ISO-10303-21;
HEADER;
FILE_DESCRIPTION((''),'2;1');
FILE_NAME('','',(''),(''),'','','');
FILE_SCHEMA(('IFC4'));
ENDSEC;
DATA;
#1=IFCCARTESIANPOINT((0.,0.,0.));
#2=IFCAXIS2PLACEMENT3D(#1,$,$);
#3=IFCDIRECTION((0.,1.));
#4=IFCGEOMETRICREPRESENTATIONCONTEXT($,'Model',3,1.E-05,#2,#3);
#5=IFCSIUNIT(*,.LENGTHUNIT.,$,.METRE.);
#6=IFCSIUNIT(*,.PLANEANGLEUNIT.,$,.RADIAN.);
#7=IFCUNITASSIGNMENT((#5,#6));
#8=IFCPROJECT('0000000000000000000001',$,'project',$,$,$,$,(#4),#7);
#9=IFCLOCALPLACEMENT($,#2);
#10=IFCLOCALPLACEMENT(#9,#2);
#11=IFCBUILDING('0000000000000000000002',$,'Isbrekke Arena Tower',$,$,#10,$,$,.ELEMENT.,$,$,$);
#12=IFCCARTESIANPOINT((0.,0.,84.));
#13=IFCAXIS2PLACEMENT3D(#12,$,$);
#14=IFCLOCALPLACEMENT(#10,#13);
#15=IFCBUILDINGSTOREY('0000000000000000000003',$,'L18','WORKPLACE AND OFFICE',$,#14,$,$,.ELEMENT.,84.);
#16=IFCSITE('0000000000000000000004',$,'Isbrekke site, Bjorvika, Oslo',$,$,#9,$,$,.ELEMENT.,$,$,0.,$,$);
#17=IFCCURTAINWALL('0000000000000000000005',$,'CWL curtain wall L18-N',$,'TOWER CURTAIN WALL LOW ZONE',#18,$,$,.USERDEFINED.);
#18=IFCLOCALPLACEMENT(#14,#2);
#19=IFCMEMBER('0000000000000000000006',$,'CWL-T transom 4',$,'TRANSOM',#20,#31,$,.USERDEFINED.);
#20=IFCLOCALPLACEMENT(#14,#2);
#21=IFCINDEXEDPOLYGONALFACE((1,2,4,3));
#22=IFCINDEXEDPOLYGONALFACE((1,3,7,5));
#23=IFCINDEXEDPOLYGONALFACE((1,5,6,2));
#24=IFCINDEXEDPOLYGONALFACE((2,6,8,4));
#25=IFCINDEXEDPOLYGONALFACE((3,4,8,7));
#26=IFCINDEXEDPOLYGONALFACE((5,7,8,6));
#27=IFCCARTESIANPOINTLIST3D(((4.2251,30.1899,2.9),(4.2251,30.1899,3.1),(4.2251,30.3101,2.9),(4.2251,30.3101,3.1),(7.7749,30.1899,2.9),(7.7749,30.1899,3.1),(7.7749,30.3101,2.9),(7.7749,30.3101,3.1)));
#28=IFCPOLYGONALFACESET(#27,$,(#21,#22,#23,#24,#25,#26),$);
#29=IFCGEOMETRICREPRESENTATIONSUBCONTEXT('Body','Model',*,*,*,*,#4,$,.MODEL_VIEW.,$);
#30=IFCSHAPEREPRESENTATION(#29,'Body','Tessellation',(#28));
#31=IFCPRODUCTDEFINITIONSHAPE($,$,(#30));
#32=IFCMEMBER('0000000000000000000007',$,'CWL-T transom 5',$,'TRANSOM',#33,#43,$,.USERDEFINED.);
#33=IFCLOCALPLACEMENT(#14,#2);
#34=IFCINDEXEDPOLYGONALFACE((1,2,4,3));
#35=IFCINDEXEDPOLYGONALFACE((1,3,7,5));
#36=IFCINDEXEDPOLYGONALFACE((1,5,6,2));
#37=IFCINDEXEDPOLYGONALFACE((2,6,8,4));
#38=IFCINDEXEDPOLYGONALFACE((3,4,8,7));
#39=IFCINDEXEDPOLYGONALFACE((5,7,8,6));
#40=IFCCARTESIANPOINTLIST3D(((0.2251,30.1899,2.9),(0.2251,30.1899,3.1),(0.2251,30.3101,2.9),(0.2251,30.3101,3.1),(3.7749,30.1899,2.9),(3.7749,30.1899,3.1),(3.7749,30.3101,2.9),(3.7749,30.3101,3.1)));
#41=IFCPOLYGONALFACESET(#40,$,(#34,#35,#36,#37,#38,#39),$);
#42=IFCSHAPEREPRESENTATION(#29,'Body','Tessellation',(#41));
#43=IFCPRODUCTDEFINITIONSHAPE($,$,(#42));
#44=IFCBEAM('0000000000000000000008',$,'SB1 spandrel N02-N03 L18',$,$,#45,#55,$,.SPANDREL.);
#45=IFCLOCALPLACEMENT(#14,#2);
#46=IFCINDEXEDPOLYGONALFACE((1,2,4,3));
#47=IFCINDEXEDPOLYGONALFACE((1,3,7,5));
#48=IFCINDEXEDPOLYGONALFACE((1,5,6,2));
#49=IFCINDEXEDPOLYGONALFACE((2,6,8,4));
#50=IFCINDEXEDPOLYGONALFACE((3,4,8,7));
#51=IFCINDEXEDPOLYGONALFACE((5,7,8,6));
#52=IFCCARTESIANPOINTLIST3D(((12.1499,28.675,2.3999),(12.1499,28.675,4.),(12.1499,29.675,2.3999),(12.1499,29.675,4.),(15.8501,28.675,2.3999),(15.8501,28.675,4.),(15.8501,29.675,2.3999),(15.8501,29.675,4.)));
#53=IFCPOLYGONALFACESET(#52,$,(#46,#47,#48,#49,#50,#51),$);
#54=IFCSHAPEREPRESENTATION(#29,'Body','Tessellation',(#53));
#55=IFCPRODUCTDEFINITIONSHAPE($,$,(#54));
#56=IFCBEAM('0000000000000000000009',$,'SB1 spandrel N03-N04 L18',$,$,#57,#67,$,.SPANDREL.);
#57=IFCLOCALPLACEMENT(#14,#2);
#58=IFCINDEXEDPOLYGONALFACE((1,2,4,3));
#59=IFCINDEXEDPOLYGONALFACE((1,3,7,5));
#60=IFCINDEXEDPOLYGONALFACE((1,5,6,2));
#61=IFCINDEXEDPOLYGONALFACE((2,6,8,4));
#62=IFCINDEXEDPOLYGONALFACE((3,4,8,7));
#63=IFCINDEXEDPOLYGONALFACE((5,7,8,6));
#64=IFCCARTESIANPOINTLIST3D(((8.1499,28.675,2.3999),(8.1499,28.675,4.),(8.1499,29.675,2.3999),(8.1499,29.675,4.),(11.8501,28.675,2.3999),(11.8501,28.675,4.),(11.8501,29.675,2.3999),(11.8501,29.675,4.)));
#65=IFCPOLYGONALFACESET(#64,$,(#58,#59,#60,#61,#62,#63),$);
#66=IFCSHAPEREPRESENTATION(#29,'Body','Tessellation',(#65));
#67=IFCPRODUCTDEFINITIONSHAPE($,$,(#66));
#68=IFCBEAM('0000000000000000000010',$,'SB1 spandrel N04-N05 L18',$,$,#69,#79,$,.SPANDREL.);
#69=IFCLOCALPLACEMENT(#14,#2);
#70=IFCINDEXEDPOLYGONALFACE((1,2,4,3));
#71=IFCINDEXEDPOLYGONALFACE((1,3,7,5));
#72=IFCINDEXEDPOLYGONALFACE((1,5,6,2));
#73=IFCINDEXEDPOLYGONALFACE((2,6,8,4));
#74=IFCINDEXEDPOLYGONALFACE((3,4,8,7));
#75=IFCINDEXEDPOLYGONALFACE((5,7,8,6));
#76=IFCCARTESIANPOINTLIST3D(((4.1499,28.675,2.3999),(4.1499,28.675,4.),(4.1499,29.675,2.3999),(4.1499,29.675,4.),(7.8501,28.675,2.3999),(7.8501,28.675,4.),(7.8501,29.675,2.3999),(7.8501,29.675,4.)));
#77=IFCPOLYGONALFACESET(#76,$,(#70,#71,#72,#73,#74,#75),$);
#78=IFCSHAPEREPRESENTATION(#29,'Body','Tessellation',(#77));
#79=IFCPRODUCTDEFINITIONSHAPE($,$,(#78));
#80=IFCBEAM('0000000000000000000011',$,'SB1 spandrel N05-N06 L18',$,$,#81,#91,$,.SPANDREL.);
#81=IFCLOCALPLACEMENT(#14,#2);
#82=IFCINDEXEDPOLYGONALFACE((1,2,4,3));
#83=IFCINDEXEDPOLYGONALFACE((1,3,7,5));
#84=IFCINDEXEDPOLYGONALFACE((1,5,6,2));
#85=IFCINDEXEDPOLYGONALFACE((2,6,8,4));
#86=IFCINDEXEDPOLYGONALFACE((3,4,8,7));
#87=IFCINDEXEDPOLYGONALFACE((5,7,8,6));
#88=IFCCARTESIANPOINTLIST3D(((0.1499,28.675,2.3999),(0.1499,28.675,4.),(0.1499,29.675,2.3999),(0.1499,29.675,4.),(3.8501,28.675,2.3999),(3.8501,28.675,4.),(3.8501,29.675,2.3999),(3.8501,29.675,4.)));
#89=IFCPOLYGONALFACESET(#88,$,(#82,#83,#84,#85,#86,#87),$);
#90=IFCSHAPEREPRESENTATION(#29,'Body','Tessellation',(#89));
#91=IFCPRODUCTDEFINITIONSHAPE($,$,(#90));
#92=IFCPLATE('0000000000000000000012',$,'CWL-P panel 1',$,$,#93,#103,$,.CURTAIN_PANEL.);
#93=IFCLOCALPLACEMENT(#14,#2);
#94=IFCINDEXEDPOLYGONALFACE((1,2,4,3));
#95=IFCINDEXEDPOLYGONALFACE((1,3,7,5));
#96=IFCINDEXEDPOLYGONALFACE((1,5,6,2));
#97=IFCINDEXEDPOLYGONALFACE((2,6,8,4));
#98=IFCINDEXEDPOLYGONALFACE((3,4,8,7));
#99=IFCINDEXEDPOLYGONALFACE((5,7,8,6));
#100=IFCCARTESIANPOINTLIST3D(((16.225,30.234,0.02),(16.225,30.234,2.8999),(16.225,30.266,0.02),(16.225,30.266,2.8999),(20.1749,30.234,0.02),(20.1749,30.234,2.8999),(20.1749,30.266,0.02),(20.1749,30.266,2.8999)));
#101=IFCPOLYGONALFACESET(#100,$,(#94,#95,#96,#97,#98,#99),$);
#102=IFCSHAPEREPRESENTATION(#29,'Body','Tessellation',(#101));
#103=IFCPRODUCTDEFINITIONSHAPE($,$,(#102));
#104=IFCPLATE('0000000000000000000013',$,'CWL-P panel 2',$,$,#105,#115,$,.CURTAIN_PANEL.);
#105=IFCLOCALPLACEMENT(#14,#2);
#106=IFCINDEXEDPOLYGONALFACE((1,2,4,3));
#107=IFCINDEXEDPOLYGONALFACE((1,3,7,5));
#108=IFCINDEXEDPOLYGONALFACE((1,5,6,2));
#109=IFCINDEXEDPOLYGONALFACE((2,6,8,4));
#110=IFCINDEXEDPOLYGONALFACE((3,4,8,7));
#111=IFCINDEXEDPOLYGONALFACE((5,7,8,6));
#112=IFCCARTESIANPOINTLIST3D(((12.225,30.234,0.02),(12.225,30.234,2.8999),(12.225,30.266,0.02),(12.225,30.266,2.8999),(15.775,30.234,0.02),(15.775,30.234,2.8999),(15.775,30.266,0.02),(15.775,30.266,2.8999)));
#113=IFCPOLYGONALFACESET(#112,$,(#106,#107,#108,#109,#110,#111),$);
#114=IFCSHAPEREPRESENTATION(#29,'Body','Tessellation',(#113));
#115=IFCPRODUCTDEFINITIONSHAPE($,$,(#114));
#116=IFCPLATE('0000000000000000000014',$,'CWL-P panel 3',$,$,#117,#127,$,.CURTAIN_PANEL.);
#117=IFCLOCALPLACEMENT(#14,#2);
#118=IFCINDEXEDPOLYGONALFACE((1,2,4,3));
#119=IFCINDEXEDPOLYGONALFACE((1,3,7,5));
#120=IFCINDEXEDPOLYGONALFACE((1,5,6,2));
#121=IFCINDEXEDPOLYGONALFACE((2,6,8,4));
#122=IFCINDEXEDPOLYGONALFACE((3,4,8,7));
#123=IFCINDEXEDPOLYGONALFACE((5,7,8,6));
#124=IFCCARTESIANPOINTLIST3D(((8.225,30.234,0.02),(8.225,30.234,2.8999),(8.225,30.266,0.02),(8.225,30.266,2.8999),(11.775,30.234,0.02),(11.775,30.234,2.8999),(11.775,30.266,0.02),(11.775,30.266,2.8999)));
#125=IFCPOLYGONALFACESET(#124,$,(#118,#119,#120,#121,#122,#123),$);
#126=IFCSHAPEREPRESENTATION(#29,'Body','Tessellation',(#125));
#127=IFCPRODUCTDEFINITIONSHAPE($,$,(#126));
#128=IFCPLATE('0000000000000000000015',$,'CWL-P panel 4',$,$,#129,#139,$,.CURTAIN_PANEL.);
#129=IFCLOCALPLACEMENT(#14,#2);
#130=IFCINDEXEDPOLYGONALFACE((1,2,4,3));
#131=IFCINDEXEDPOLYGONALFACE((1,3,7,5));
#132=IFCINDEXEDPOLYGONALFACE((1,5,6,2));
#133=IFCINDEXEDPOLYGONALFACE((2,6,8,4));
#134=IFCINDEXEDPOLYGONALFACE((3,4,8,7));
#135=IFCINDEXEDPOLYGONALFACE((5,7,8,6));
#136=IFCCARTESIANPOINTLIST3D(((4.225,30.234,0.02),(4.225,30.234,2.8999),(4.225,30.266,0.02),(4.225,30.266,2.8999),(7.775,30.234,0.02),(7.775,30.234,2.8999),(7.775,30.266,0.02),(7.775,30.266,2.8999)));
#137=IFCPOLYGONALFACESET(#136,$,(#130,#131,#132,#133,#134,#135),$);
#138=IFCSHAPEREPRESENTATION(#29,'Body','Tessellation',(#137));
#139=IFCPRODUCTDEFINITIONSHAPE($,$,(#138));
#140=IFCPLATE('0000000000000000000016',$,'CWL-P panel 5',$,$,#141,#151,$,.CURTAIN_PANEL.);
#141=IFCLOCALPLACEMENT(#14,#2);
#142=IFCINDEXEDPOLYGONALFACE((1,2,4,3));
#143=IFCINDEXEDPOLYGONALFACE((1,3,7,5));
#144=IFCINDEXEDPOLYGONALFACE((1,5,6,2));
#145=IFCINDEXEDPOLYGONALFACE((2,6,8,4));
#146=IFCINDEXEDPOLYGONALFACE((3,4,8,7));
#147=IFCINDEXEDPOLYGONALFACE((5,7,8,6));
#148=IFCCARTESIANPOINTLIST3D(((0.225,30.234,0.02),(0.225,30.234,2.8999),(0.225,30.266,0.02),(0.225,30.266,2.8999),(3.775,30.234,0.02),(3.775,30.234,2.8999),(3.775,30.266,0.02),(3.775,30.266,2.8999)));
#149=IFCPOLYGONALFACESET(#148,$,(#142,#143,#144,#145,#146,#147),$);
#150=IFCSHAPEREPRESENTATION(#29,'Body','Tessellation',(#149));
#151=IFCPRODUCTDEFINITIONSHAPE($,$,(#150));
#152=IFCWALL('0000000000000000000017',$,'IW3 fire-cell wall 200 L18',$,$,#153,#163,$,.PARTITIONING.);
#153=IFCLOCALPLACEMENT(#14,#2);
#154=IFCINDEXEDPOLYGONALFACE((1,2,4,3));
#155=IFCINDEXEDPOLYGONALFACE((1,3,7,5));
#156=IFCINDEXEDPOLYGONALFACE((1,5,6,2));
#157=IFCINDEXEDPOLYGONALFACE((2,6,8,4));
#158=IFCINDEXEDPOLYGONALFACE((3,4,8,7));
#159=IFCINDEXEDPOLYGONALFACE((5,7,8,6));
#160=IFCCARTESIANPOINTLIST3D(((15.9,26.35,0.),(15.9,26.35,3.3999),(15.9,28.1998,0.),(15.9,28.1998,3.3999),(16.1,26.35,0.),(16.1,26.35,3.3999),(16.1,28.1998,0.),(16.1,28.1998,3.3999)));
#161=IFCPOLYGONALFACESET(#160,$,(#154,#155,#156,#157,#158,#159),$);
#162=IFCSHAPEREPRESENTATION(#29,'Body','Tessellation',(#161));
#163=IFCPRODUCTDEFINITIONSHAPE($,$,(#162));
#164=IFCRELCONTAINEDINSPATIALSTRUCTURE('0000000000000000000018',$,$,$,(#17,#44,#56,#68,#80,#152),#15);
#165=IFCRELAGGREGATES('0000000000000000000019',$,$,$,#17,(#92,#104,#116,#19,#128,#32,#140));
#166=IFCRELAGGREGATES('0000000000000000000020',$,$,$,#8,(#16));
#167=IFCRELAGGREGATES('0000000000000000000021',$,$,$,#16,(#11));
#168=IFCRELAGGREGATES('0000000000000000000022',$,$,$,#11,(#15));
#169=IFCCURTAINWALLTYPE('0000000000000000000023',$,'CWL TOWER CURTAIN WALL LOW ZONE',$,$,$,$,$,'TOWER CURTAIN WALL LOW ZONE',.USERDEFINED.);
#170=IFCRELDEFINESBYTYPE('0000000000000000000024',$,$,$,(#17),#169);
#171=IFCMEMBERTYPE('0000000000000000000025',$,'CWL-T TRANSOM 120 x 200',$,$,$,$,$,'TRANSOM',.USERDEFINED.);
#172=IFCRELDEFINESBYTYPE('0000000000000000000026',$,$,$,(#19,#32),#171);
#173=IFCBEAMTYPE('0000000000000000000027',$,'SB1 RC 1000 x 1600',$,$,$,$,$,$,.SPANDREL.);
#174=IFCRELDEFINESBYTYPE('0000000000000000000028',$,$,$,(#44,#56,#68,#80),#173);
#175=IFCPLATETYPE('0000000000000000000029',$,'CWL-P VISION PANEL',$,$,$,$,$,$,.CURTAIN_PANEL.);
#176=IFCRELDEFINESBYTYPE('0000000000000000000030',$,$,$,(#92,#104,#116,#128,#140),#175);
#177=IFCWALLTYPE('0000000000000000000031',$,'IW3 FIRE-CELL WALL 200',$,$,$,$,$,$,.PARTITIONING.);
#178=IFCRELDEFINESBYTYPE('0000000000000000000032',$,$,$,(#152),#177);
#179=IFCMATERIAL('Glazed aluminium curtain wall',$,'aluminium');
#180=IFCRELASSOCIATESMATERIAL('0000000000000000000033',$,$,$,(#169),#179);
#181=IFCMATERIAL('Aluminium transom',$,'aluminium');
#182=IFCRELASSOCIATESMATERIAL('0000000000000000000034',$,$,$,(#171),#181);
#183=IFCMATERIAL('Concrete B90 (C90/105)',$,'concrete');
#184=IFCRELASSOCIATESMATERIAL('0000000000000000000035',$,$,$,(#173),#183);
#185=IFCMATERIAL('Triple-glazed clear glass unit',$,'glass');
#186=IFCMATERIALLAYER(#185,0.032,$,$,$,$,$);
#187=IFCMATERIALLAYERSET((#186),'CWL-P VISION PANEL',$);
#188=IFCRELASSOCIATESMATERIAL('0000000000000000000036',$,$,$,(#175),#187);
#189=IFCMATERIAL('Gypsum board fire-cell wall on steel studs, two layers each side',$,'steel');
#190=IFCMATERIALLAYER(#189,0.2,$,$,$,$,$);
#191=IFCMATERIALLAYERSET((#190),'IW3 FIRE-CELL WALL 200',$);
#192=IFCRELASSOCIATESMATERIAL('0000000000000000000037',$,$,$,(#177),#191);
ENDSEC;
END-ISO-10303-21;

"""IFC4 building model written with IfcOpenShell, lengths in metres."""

from ifc_helpers import new_model, si_unit, direction, frame, frame_2d, origin, origin_2d, place, context, subcontext, project, spatial, rectangle, extrude, material, layer, layer_set, material_profile, profile_set, type_object, element, aggregate, save


model = new_model("IFC4")

# Units and contexts
model_context = context("Model", 3, precision=1e-05, world=origin(), true_north=direction((0.0, 1.0)))
body_context = subcontext(model_context, "Body", "Model", "MODEL_VIEW")
ifc_project = project(units=[si_unit("LENGTHUNIT", "METRE"), si_unit("PLANEANGLEUNIT", "RADIAN")], contexts=[model_context])

# Site, building, storey
site_placement = place(None, origin())
site = spatial("IfcSite", under=ifc_project, at=site_placement, Name="Isbrekke site, Bjorvika, Oslo", CompositionType="ELEMENT", RefElevation=0.0)
building_placement = place(site_placement, origin())
building = spatial("IfcBuilding", under=site, at=building_placement, Name="Isbrekke Arena Tower", CompositionType="ELEMENT")
storey_placement = place(building_placement, frame((0.0, 0.0, 84.0)))
storey = spatial("IfcBuildingStorey", under=building, at=storey_placement, Name="L18", Description="WORKPLACE AND OFFICE", CompositionType="ELEMENT", Elevation=84.0)

# Curtain wall, members
ifc_material_1 = material(Name="Glazed aluminium curtain wall", Category="aluminium")
curtain_wall_type = type_object("IfcCurtainWallType", Name="CWL TOWER CURTAIN WALL LOW ZONE", ElementType="TOWER CURTAIN WALL LOW ZONE", PredefinedType="USERDEFINED", material=ifc_material_1)
curtain_wall_placement = place(storey_placement, origin())
curtain_wall = element("IfcCurtainWall", 1, at=curtain_wall_placement, inside=storey, type_object=curtain_wall_type, Name="CWL curtain wall L18-N", ObjectType="TOWER CURTAIN WALL LOW ZONE", PredefinedType="USERDEFINED")
ifc_material_2 = material(Name="Aluminium transom", Category="aluminium")
ifc_material_profile_1 = material_profile(ifc_material_2, rectangle(XDim=0.1201, YDim=0.2, at=origin_2d()), Name="TRANSOM 120X200")
ifc_profile_set_1 = profile_set([ifc_material_profile_1], Name="Aluminium transom")
member_type_1 = type_object("IfcMemberType", Name="CWL-T TRANSOM 120 x 200", ElementType="TRANSOM", PredefinedType="USERDEFINED", material=ifc_profile_set_1)
member_1_placement = place(storey_placement, frame((7.7749, 30.25, 3.0), z_axis=(-1.0, 0.0, 0.0), x_axis=(0.0, -1.0, 0.0)))
member_1 = element("IfcMember", 2, at=member_1_placement, type_object=member_type_1, Name="CWL-T transom 4", ObjectType="TRANSOM", PredefinedType="USERDEFINED", context=body_context, shape_type="SweptSolid", body=[
    extrude(rectangle(XDim=0.1201, YDim=0.2, at=origin_2d()), origin(), (0.0, 0.0, 1.0), 3.5498),
])
member_2_placement = place(storey_placement, frame((3.7749, 30.25, 3.0), z_axis=(-1.0, 0.0, 0.0), x_axis=(0.0, -1.0, 0.0)))
member_2 = element("IfcMember", 3, at=member_2_placement, type_object=member_type_1, Name="CWL-T transom 5", ObjectType="TRANSOM", PredefinedType="USERDEFINED", context=body_context, shape_type="SweptSolid", body=[
    extrude(rectangle(XDim=0.1201, YDim=0.2, at=origin_2d()), origin(), (0.0, 0.0, 1.0), 3.5498),
])

# Beams
ifc_material_3 = material(Name="Concrete B90 (C90/105)", Category="concrete")
ifc_material_profile_2 = material_profile(ifc_material_3, rectangle(XDim=1.0, YDim=1.6001, at=origin_2d()), Name="RC 1000x1600")
ifc_profile_set_2 = profile_set([ifc_material_profile_2], Name="Concrete B90 (C90/105)")
beam_type_1 = type_object("IfcBeamType", Name="SB1 RC 1000 x 1600", PredefinedType="SPANDREL", material=ifc_profile_set_2)
for number, where, z_axis, x_axis, name in (
    (4, (15.8501, 29.175, 3.2), (-1.0, 0.0, 0.0), (0.0, -1.0, 0.0), "SB1 spandrel N02-N03 L18"),
    (5, (11.8501, 29.175, 3.2), (-1.0, 0.0, 0.0), (0.0, -1.0, 0.0), "SB1 spandrel N03-N04 L18"),
    (6, (7.8501, 29.175, 3.2), (-1.0, 0.0, 0.0), (0.0, -1.0, 0.0), "SB1 spandrel N04-N05 L18"),
    (7, (3.8501, 29.175, 3.2), (-1.0, 0.0, 0.0), (0.0, -1.0, 0.0), "SB1 spandrel N05-N06 L18"),
):
    element("IfcBeam", number, at=place(storey_placement, frame(where, z_axis=z_axis, x_axis=x_axis)), inside=storey, type_object=beam_type_1, Name=name, PredefinedType="SPANDREL", context=body_context, shape_type="SweptSolid", body=[
        extrude(rectangle(XDim=1.0, YDim=1.6001, at=origin_2d()), origin(), (0.0, 0.0, 1.0), 3.7002),
    ])

# Plates
ifc_material_4 = material(Name="Triple-glazed clear glass unit", Category="glass")
ifc_layer_1 = layer(ifc_material_4, 0.032)
ifc_layer_set_1 = layer_set([ifc_layer_1], Name="CWL-P VISION PANEL")
plate_type = type_object("IfcPlateType", Name="CWL-P VISION PANEL", PredefinedType="CURTAIN_PANEL", material=ifc_layer_set_1)
plate_1_placement = place(storey_placement, frame((18.2, 30.25, 0.02), z_axis=(0.0, 0.0, 1.0), x_axis=(-1.0, 0.0, 0.0)))
plate_1 = element("IfcPlate", 8, at=plate_1_placement, type_object=plate_type, Name="CWL-P panel 1", PredefinedType="CURTAIN_PANEL", context=body_context, shape_type="SweptSolid", body=[
    extrude(rectangle(XDim=3.95, YDim=0.032, at=origin_2d()), origin(), (0.0, 0.0, 1.0), 2.8799),
])
plate_2_placement = place(storey_placement, frame((14.0, 30.25, 0.02), z_axis=(0.0, 0.0, 1.0), x_axis=(-1.0, 0.0, 0.0)))
plate_2 = element("IfcPlate", 9, at=plate_2_placement, type_object=plate_type, Name="CWL-P panel 2", PredefinedType="CURTAIN_PANEL", context=body_context, shape_type="SweptSolid", body=[
    extrude(rectangle(XDim=3.55, YDim=0.032, at=origin_2d()), origin(), (0.0, 0.0, 1.0), 2.8799),
])
plate_3_placement = place(storey_placement, frame((10.0, 30.25, 0.02), z_axis=(0.0, 0.0, 1.0), x_axis=(-1.0, 0.0, 0.0)))
plate_3 = element("IfcPlate", 10, at=plate_3_placement, type_object=plate_type, Name="CWL-P panel 3", PredefinedType="CURTAIN_PANEL", context=body_context, shape_type="SweptSolid", body=[
    extrude(rectangle(XDim=3.55, YDim=0.032, at=origin_2d()), origin(), (0.0, 0.0, 1.0), 2.8799),
])
plate_4_placement = place(storey_placement, frame((6.0, 30.25, 0.02), z_axis=(0.0, 0.0, 1.0), x_axis=(-1.0, 0.0, 0.0)))
plate_4 = element("IfcPlate", 11, at=plate_4_placement, type_object=plate_type, Name="CWL-P panel 4", PredefinedType="CURTAIN_PANEL", context=body_context, shape_type="SweptSolid", body=[
    extrude(rectangle(XDim=3.55, YDim=0.032, at=origin_2d()), origin(), (0.0, 0.0, 1.0), 2.8799),
])
plate_5_placement = place(storey_placement, frame((2.0, 30.25, 0.02), z_axis=(0.0, 0.0, 1.0), x_axis=(-1.0, 0.0, 0.0)))
plate_5 = element("IfcPlate", 12, at=plate_5_placement, type_object=plate_type, Name="CWL-P panel 5", PredefinedType="CURTAIN_PANEL", context=body_context, shape_type="SweptSolid", body=[
    extrude(rectangle(XDim=3.55, YDim=0.032, at=origin_2d()), origin(), (0.0, 0.0, 1.0), 2.8799),
])
aggregate(curtain_wall, [plate_1, plate_2, plate_3, member_1, plate_4, member_2, plate_5])

# Wall
ifc_material_5 = material(Name="Gypsum board fire-cell wall on steel studs, two layers each side", Category="steel")
ifc_layer_2 = layer(ifc_material_5, 0.2)
ifc_layer_set_2 = layer_set([ifc_layer_2], Name="IW3 FIRE-CELL WALL 200")
wall_type = type_object("IfcWallType", Name="IW3 FIRE-CELL WALL 200", PredefinedType="PARTITIONING", material=ifc_layer_set_2)
wall_placement = place(storey_placement, frame((16.0, 26.3501, 0.0), z_axis=(0.0, 0.0, 1.0), x_axis=(0.0, 1.0, 0.0)))
element("IfcWall", 13, at=wall_placement, inside=storey, type_object=wall_type, Name="IW3 fire-cell wall 200 L18", PredefinedType="PARTITIONING", context=body_context, shape_type="SweptSolid", body=[
    extrude(rectangle(XDim=1.8499, YDim=0.2, at=frame_2d((0.9248, 0.0))), origin(), (0.0, 0.0, 1.0), 3.3999),
])

save(model, "model.ifc")
